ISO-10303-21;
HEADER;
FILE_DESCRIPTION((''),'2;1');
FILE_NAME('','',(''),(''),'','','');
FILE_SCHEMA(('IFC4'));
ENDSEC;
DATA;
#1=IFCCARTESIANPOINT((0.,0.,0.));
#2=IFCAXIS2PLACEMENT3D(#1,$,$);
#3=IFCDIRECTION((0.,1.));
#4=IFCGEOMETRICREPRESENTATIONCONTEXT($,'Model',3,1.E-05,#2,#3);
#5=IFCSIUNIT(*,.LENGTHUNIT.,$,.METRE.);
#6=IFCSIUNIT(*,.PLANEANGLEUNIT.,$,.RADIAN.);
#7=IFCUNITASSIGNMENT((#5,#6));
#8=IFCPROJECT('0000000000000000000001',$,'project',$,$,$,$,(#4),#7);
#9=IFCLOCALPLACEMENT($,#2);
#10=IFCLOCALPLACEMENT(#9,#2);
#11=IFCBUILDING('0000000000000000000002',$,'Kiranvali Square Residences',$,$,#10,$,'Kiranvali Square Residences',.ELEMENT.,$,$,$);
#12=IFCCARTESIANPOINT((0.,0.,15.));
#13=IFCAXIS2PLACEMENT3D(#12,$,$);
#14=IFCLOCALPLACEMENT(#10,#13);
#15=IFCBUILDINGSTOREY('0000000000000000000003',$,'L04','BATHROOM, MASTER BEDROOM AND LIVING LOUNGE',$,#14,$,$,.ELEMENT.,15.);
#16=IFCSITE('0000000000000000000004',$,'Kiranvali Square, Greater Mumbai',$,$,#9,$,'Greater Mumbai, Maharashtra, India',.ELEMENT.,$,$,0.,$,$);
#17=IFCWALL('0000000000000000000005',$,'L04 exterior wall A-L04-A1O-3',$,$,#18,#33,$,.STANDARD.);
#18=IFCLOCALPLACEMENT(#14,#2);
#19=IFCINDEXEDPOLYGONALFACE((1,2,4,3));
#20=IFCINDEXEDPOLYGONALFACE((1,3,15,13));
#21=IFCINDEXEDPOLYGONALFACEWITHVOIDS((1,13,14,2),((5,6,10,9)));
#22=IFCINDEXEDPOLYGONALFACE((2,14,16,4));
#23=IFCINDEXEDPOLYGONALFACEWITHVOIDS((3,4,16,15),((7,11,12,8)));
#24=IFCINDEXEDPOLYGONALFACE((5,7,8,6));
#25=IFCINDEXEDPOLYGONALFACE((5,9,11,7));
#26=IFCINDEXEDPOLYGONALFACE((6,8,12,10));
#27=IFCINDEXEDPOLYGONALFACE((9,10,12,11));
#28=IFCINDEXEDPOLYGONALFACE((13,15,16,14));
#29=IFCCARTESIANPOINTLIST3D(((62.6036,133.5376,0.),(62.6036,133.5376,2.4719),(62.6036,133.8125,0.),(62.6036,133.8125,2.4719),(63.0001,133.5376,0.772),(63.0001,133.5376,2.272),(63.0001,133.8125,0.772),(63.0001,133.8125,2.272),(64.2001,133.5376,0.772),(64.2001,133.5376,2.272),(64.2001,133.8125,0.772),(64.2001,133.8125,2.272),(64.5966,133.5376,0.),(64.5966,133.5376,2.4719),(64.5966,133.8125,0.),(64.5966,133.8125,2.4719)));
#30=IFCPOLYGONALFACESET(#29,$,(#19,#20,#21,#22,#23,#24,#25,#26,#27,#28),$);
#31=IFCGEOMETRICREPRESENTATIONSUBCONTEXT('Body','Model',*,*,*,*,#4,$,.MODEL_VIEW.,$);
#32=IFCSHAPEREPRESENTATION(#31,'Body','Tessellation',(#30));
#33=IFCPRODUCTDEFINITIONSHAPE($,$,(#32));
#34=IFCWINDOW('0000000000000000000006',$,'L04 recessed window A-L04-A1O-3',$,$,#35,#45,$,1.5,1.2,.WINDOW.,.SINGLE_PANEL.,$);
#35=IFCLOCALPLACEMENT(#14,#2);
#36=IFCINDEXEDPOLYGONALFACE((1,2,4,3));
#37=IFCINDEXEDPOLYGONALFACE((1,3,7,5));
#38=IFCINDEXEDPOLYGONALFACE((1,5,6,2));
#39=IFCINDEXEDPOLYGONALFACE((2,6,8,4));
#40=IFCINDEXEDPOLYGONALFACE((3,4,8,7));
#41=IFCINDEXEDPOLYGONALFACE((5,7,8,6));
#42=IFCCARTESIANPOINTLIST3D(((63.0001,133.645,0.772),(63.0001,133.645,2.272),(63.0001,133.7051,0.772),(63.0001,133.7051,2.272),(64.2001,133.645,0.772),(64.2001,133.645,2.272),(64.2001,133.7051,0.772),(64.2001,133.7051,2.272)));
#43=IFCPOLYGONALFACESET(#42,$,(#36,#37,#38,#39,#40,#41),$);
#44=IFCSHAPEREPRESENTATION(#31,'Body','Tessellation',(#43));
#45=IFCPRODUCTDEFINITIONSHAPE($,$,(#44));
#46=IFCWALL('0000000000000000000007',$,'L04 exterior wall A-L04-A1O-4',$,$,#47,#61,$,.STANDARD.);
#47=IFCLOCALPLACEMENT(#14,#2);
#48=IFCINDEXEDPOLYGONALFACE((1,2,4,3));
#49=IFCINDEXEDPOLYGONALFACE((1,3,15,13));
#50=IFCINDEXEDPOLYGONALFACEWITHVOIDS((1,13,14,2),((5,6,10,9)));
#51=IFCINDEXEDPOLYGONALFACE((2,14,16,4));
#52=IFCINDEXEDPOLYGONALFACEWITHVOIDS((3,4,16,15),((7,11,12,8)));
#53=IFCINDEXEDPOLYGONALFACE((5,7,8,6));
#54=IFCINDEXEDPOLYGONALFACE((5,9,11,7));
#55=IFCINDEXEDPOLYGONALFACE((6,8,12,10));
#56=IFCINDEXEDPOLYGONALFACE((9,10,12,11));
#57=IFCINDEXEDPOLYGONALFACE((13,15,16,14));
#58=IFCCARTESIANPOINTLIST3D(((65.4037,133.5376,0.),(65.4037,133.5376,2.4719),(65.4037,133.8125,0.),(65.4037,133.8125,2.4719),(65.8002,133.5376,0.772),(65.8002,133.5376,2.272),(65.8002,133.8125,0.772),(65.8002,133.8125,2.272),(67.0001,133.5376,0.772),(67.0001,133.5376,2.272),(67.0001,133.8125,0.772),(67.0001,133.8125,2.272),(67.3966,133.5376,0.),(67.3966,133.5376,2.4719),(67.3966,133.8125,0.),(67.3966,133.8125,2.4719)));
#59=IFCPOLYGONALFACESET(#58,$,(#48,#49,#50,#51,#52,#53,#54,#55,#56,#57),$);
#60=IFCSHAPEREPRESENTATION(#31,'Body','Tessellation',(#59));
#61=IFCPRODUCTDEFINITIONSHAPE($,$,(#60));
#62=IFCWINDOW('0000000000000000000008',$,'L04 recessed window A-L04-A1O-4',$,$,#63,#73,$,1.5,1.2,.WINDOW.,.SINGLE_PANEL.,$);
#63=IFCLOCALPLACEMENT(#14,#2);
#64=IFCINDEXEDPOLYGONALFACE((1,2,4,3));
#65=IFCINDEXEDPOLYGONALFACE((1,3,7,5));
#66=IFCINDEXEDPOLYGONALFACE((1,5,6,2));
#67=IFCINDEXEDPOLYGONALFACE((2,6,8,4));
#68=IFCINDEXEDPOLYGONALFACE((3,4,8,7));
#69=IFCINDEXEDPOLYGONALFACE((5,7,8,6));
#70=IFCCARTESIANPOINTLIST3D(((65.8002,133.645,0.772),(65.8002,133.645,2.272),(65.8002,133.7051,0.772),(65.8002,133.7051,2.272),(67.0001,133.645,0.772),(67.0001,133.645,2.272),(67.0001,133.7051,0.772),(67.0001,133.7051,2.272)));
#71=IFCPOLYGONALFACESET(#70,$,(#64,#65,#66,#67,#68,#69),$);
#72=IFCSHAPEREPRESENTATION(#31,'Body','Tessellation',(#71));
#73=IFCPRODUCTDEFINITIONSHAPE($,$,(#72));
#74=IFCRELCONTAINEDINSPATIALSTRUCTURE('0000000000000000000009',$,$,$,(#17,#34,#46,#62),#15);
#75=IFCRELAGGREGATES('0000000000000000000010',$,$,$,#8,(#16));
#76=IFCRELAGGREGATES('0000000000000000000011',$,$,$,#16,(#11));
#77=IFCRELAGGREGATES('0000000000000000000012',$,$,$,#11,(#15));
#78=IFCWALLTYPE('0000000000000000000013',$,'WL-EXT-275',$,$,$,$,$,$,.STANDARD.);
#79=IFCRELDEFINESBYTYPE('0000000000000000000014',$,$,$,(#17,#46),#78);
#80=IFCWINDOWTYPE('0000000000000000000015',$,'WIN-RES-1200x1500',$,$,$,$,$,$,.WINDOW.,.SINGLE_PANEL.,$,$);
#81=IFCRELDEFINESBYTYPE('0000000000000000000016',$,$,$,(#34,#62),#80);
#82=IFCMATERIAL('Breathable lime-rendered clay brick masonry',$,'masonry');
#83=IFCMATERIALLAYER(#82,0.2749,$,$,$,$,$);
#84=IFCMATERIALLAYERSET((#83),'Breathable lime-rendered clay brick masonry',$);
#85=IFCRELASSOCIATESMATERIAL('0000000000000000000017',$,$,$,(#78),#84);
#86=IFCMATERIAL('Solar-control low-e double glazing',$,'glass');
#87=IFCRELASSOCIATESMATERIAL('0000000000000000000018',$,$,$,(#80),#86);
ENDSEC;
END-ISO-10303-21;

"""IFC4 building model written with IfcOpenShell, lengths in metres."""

from ifc_helpers import new_model, si_unit, direction, frame, frame_2d, origin, place, context, subcontext, project, spatial, rectangle, extrude, material, layer, layer_set, type_object, element, fill, save


model = new_model("IFC4")

# Units and contexts
model_context = context("Model", 3, precision=1e-05, world=origin(), true_north=direction((0.0, 1.0)))
body_context = subcontext(model_context, "Body", "Model", "MODEL_VIEW")
ifc_project = project(units=[si_unit("LENGTHUNIT", "METRE"), si_unit("PLANEANGLEUNIT", "RADIAN")], contexts=[model_context])

# Site, building, storey
site_placement = place(None, origin())
site = spatial("IfcSite", under=ifc_project, at=site_placement, Name="Kiranvali Square, Greater Mumbai", LongName="Greater Mumbai, Maharashtra, India", CompositionType="ELEMENT", RefElevation=0.0)
building_placement = place(site_placement, origin())
building = spatial("IfcBuilding", under=site, at=building_placement, Name="Kiranvali Square Residences", LongName="Kiranvali Square Residences", CompositionType="ELEMENT")
storey_placement = place(building_placement, frame((0.0, 0.0, 15.0)))
storey = spatial("IfcBuildingStorey", under=building, at=storey_placement, Name="L04", Description="BATHROOM, MASTER BEDROOM AND LIVING LOUNGE", CompositionType="ELEMENT", Elevation=15.0)

# Walls, openings, windows
ifc_material_1 = material(Name="Breathable lime-rendered clay brick masonry", Category="masonry")
ifc_layer = layer(ifc_material_1, 0.2749)
ifc_layer_set = layer_set([ifc_layer], Name="Breathable lime-rendered clay brick masonry")
wall_type = type_object("IfcWallType", Name="WL-EXT-275", PredefinedType="STANDARD", material=ifc_layer_set)
wall_1_placement = place(storey_placement, frame((62.6035, 133.675, 0.0), z_axis=(0.0, 0.0, 1.0), x_axis=(1.0, 0.0, 0.0)))
wall_1 = element("IfcWall", 1, at=wall_1_placement, inside=storey, type_object=wall_type, Name="L04 exterior wall A-L04-A1O-3", PredefinedType="STANDARD", context=body_context, shape_type="SweptSolid", body=[
    extrude(rectangle(XDim=1.9929, YDim=0.2749, at=frame_2d((0.9966, 0.0))), origin(), (0.0, 0.0, 1.0), 2.4719),
])
opening_1_placement = place(wall_1_placement, frame((0.3965, 0.0, 0.772)))
opening_1 = element("IfcOpeningElement", 2, at=opening_1_placement, cuts=wall_1, PredefinedType="OPENING", context=body_context, shape_type="SweptSolid", body=[
    extrude(rectangle(XDim=1.2, YDim=1.5, at=frame_2d((0.6001, 0.75))), frame((0.0, 0.1475, 0.0), z_axis=(0.0, -1.0, 0.0), x_axis=(1.0, 0.0, 0.0)), (0.0, 0.0, 1.0), 0.2949),
])
ifc_material_2 = material(Name="Solar-control low-e double glazing", Category="glass")
window_type = type_object("IfcWindowType", Name="WIN-RES-1200x1500", PartitioningType="SINGLE_PANEL", PredefinedType="WINDOW", material=ifc_material_2)
window_1_placement = place(opening_1_placement, origin())
window_1 = element("IfcWindow", 3, at=window_1_placement, inside=storey, type_object=window_type, Name="L04 recessed window A-L04-A1O-3", OverallHeight=1.5, OverallWidth=1.2, PartitioningType="SINGLE_PANEL", PredefinedType="WINDOW", context=body_context, shape_type="SweptSolid", body=[
    extrude(rectangle(XDim=1.2, YDim=1.5, at=frame_2d((0.6001, 0.75))), frame((0.0, 0.03, 0.0), z_axis=(0.0, -1.0, 0.0), x_axis=(1.0, 0.0, 0.0)), (0.0, 0.0, 1.0), 0.0601),
])
fill(opening_1, window_1)
wall_2_placement = place(storey_placement, frame((65.4036, 133.675, 0.0), z_axis=(0.0, 0.0, 1.0), x_axis=(1.0, 0.0, 0.0)))
wall_2 = element("IfcWall", 4, at=wall_2_placement, inside=storey, type_object=wall_type, Name="L04 exterior wall A-L04-A1O-4", PredefinedType="STANDARD", context=body_context, shape_type="SweptSolid", body=[
    extrude(rectangle(XDim=1.9929, YDim=0.2749, at=frame_2d((0.9966, 0.0))), origin(), (0.0, 0.0, 1.0), 2.4719),
])
opening_2_placement = place(wall_2_placement, frame((0.3965, 0.0, 0.772)))
opening_2 = element("IfcOpeningElement", 5, at=opening_2_placement, cuts=wall_2, PredefinedType="OPENING", context=body_context, shape_type="SweptSolid", body=[
    extrude(rectangle(XDim=1.2, YDim=1.5, at=frame_2d((0.6001, 0.75))), frame((0.0, 0.1475, 0.0), z_axis=(0.0, -1.0, 0.0), x_axis=(1.0, 0.0, 0.0)), (0.0, 0.0, 1.0), 0.2949),
])
window_2_placement = place(opening_2_placement, origin())
window_2 = element("IfcWindow", 6, at=window_2_placement, inside=storey, type_object=window_type, Name="L04 recessed window A-L04-A1O-4", OverallHeight=1.5, OverallWidth=1.2, PartitioningType="SINGLE_PANEL", PredefinedType="WINDOW", context=body_context, shape_type="SweptSolid", body=[
    extrude(rectangle(XDim=1.2, YDim=1.5, at=frame_2d((0.6001, 0.75))), frame((0.0, 0.03, 0.0), z_axis=(0.0, -1.0, 0.0), x_axis=(1.0, 0.0, 0.0)), (0.0, 0.0, 1.0), 0.0601),
])
fill(opening_2, window_2)

save(model, "model.ifc")
